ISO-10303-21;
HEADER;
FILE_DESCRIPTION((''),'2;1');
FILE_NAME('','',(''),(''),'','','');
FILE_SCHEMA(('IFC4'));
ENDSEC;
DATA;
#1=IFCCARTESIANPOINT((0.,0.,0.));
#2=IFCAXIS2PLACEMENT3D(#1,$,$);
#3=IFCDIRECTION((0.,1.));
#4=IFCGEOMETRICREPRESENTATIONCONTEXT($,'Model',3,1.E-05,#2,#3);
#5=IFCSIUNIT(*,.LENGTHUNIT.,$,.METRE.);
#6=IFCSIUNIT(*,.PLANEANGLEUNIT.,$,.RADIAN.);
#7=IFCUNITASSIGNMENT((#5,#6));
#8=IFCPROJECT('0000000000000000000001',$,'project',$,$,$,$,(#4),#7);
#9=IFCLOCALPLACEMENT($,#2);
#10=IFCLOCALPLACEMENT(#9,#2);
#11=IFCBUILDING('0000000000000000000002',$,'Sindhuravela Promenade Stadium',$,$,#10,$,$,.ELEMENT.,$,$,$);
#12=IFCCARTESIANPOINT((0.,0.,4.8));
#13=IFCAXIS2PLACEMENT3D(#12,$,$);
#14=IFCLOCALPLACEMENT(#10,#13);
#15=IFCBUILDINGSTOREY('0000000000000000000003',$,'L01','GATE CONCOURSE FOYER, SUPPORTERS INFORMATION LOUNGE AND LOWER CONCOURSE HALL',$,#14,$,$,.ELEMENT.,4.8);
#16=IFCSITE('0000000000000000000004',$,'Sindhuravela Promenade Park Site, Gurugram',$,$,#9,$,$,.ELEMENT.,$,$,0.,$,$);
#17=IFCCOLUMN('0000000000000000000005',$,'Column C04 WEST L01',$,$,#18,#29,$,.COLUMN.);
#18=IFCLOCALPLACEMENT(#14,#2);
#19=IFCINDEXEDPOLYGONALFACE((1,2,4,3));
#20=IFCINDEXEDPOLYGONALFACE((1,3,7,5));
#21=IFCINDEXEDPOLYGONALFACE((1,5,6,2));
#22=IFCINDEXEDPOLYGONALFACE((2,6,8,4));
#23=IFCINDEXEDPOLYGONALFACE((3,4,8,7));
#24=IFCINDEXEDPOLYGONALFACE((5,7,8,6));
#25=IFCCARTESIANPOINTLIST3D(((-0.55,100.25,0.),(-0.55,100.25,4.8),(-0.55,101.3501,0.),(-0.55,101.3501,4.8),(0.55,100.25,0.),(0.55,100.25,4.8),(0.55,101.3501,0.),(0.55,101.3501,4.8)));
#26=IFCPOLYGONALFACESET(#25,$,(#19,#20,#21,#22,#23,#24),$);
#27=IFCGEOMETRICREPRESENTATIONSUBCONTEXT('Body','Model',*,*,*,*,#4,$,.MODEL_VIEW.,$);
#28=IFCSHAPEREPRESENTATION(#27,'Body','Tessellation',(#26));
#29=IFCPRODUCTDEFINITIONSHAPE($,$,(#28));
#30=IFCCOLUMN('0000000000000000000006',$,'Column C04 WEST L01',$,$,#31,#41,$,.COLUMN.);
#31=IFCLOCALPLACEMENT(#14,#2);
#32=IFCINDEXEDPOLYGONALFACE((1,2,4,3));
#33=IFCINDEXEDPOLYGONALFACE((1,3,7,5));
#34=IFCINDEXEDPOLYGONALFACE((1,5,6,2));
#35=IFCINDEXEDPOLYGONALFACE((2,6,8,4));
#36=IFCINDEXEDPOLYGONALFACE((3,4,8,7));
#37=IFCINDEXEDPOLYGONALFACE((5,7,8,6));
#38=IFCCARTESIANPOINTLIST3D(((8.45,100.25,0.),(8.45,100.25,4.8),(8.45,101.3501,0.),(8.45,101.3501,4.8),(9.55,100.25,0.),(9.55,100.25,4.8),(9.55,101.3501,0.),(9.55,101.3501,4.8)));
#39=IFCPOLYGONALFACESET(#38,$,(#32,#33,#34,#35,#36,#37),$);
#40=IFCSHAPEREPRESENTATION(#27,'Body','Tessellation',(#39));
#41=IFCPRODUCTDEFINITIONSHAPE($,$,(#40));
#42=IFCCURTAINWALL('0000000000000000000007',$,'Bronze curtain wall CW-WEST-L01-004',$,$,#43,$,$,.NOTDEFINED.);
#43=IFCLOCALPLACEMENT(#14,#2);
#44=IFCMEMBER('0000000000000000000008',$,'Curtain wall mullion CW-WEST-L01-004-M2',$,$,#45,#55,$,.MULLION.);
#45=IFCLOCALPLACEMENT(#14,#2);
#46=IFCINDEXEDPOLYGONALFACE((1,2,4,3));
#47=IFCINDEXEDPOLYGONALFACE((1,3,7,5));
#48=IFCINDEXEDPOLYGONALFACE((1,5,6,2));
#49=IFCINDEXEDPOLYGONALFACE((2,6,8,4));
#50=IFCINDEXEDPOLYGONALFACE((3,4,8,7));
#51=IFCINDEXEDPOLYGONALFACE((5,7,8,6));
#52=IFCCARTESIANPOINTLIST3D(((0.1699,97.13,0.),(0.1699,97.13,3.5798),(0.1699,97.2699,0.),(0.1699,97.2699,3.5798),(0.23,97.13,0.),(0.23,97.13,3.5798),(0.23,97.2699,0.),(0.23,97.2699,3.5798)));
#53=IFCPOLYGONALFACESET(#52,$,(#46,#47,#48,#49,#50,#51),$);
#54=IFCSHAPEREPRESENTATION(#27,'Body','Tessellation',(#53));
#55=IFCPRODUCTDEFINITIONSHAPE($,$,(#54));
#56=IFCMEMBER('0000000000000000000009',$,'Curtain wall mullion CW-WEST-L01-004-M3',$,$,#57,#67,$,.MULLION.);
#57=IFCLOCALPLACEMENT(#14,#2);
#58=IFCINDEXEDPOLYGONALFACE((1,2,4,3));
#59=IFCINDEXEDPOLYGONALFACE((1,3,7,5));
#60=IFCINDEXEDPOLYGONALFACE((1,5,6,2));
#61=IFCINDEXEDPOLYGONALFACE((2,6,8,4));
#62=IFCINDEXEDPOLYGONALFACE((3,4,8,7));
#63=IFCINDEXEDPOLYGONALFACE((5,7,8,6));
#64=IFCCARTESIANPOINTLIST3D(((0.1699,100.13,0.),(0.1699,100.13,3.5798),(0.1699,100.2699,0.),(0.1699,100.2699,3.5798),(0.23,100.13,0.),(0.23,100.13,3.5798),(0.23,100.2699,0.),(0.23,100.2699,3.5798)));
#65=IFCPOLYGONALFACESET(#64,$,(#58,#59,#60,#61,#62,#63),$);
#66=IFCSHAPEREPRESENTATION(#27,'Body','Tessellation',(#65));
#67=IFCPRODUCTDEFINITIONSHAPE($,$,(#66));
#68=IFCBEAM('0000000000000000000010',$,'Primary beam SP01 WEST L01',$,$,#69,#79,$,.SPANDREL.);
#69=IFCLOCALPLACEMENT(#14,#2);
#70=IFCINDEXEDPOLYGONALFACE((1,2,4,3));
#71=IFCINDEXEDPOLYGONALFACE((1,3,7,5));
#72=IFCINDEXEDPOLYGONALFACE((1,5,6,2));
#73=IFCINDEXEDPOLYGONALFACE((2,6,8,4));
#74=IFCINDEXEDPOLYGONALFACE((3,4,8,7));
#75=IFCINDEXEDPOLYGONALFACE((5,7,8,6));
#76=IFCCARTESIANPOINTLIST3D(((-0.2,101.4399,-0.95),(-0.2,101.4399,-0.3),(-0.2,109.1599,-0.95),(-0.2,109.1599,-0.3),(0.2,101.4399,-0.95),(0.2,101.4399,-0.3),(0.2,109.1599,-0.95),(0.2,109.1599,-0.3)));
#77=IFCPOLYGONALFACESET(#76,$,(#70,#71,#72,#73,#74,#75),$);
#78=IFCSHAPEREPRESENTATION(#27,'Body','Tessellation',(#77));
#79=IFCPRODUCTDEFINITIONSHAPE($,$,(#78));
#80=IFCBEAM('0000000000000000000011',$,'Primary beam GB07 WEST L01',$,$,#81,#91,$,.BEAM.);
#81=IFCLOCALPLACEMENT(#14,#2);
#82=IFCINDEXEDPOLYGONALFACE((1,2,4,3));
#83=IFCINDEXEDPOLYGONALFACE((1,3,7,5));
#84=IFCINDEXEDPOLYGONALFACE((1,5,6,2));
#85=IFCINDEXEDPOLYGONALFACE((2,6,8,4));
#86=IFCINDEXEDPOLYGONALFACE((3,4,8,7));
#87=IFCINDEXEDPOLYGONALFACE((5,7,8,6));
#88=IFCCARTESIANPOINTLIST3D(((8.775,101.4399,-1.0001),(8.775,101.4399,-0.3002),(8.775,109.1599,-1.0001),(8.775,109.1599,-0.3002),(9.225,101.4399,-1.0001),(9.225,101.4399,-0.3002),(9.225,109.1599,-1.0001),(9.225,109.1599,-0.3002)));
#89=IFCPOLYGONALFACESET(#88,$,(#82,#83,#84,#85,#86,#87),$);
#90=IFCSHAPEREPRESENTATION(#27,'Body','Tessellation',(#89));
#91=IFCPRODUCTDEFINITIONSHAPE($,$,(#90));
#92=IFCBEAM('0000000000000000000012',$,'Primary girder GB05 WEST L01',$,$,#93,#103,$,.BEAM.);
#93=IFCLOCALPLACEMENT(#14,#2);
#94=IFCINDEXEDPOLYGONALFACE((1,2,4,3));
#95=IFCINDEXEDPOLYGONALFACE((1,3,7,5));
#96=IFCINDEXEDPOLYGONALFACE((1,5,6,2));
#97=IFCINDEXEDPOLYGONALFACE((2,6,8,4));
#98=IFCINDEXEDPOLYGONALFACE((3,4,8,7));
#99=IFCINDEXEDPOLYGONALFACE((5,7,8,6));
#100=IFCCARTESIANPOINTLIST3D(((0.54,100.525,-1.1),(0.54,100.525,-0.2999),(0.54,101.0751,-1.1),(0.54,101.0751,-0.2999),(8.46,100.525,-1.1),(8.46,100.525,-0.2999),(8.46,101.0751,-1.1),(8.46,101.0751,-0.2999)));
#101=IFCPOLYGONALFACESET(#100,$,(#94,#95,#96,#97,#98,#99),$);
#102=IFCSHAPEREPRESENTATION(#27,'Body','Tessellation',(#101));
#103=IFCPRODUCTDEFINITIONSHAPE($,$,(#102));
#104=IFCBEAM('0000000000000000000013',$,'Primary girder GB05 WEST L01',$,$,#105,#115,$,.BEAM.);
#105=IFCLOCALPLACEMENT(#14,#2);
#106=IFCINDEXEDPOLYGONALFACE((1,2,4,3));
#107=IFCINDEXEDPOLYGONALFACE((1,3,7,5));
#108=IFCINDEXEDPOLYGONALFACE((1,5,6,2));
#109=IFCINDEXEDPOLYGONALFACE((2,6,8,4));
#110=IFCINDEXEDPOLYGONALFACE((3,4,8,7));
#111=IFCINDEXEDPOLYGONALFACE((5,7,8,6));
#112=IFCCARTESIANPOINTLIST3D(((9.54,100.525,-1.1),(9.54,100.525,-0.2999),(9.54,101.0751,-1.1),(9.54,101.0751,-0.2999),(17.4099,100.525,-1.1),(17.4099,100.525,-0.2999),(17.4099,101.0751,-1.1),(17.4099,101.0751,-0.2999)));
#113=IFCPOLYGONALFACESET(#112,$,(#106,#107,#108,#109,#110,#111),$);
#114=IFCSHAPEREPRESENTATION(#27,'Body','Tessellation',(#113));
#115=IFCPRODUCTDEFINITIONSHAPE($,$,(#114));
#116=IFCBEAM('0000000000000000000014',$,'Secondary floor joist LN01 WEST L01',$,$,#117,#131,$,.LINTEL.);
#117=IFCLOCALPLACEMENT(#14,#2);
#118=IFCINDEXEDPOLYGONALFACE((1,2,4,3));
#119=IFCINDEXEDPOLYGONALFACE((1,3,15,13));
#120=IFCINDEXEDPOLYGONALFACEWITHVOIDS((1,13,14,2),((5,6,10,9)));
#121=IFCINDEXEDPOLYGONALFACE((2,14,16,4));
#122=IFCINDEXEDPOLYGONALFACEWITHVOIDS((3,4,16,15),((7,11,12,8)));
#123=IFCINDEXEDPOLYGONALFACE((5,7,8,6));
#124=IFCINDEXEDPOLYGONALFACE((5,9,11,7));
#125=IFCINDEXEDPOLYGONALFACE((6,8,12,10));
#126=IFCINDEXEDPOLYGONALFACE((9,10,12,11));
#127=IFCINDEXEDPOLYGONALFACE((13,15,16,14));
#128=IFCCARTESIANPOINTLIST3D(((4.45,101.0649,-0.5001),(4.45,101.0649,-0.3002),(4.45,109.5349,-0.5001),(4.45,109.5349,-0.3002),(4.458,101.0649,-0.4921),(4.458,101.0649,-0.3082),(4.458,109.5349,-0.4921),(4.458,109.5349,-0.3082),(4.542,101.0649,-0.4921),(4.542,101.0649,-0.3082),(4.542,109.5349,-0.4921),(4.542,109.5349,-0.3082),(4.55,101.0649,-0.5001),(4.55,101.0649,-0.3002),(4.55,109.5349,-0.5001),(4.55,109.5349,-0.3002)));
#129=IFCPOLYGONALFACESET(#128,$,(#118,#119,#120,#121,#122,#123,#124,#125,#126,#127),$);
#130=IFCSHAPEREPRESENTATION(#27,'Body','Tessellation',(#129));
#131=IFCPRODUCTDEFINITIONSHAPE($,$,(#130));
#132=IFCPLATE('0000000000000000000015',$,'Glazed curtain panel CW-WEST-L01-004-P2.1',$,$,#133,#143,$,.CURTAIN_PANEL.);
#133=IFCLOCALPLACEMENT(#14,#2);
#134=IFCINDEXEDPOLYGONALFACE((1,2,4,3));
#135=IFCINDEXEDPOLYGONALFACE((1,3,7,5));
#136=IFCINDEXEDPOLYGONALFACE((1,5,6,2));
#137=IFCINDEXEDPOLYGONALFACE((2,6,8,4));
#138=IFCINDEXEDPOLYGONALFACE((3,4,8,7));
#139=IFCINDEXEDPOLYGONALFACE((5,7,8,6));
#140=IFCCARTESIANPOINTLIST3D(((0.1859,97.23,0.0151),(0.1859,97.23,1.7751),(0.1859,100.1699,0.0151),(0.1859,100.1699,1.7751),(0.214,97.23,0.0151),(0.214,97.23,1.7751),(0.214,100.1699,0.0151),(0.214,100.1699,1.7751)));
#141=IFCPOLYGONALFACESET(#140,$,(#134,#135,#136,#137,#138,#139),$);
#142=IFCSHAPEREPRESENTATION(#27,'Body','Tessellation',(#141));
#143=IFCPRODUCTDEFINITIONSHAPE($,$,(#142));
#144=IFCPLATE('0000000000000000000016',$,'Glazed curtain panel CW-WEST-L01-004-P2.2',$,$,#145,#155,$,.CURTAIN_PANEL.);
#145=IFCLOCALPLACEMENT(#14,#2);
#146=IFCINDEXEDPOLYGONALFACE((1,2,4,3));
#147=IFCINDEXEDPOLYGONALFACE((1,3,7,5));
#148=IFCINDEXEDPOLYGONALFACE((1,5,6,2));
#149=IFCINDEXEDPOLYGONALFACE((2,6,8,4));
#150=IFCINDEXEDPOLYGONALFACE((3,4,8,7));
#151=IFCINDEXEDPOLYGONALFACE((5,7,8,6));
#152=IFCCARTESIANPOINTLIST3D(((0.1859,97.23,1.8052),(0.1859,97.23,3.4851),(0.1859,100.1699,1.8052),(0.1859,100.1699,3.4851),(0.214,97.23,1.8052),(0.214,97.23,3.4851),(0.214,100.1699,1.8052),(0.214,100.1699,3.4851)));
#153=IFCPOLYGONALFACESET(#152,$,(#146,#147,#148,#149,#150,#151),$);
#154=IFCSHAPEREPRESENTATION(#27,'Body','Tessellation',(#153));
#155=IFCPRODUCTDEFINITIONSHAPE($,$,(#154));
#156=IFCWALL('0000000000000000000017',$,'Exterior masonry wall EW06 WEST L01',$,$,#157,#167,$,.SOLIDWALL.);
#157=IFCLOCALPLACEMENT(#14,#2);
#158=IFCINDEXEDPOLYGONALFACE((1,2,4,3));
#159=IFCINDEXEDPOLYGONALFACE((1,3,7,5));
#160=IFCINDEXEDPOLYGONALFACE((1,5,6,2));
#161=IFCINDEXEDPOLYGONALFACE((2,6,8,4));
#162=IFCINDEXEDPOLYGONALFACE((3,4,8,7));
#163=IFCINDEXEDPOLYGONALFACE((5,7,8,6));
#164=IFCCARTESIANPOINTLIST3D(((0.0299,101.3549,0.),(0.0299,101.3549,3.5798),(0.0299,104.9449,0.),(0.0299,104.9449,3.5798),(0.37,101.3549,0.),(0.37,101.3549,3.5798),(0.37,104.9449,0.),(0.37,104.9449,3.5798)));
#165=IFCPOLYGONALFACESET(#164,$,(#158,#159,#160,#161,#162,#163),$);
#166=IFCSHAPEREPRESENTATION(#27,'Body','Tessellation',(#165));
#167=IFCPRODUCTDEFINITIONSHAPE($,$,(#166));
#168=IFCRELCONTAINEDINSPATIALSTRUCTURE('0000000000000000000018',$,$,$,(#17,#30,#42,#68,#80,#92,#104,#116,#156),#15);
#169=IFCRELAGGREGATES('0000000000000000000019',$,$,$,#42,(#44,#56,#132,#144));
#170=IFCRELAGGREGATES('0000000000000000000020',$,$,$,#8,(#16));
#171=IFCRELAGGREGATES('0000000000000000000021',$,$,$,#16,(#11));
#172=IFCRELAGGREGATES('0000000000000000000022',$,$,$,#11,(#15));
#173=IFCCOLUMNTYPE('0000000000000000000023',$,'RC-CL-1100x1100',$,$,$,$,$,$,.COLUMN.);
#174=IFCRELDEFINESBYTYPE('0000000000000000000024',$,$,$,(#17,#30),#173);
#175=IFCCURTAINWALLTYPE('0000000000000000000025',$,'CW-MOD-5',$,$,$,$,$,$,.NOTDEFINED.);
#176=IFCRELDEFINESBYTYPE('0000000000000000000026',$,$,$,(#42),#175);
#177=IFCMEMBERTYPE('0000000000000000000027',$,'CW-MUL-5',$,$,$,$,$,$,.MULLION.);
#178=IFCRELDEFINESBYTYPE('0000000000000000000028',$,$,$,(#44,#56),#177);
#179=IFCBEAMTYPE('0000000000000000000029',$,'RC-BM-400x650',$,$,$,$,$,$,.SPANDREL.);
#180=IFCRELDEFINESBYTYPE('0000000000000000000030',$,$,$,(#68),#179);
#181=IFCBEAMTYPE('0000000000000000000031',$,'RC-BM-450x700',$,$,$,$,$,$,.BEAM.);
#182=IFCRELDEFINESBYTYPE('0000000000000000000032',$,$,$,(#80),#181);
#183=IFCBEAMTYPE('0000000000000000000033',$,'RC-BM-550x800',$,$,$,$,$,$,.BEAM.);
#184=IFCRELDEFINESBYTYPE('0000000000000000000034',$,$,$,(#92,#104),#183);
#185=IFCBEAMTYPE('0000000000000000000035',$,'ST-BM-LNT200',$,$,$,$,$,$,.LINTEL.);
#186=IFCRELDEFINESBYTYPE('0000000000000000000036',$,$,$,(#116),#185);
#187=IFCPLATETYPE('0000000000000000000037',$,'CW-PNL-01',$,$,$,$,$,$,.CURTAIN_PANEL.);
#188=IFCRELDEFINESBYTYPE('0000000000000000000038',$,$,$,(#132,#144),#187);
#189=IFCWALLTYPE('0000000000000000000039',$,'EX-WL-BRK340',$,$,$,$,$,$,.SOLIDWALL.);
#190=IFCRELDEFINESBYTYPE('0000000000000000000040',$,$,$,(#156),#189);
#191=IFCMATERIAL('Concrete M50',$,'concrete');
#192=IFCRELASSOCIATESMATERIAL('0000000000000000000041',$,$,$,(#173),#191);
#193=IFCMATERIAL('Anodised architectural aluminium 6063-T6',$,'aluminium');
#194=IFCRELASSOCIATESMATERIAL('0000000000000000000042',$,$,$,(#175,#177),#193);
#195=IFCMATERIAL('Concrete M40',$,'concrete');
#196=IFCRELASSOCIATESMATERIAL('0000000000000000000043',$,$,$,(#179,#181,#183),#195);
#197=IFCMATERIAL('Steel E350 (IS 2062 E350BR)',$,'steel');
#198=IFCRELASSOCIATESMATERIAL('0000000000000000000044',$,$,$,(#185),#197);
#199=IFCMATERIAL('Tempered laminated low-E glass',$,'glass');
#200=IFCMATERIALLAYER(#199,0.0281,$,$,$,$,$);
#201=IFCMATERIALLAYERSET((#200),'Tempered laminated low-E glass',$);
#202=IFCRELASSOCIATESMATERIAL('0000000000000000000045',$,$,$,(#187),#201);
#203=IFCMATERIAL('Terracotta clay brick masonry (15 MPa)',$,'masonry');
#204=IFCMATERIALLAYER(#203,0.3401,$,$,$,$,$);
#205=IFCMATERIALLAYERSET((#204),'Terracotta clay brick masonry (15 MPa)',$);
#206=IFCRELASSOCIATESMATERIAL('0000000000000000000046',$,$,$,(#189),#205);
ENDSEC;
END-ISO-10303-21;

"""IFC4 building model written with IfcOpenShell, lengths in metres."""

from ifc_helpers import new_model, si_unit, direction, frame, frame_2d, origin, origin_2d, place, context, subcontext, project, spatial, rectangle, hollow_rectangle, extrude, material, layer, layer_set, material_profile, profile_set, type_object, element, aggregate, save


model = new_model("IFC4")

# Units and contexts
model_context = context("Model", 3, precision=1e-05, world=origin(), true_north=direction((0.0, 1.0)))
body_context = subcontext(model_context, "Body", "Model", "MODEL_VIEW")
ifc_project = project(units=[si_unit("LENGTHUNIT", "METRE"), si_unit("PLANEANGLEUNIT", "RADIAN")], contexts=[model_context])

# Site, building, storey
site_placement = place(None, origin())
site = spatial("IfcSite", under=ifc_project, at=site_placement, Name="Sindhuravela Promenade Park Site, Gurugram", CompositionType="ELEMENT", RefElevation=0.0)
building_placement = place(site_placement, origin())
building = spatial("IfcBuilding", under=site, at=building_placement, Name="Sindhuravela Promenade Stadium", CompositionType="ELEMENT")
storey_placement = place(building_placement, frame((0.0, 0.0, 4.8)))
storey = spatial("IfcBuildingStorey", under=building, at=storey_placement, Name="L01", Description="GATE CONCOURSE FOYER, SUPPORTERS INFORMATION LOUNGE AND LOWER CONCOURSE HALL", CompositionType="ELEMENT", Elevation=4.8)

# Columns
ifc_material_1 = material(Name="Concrete M50", Category="concrete")
ifc_material_profile_1 = material_profile(ifc_material_1, rectangle(XDim=1.1001, YDim=1.1001, at=origin_2d()), Name="RC 1100x1100")
ifc_profile_set_1 = profile_set([ifc_material_profile_1], Name="Concrete M50")
column_type = type_object("IfcColumnType", Name="RC-CL-1100x1100", PredefinedType="COLUMN", material=ifc_profile_set_1)
for number, where, z_axis, x_axis, name in (
    (1, (0.0, 100.8, 0.0), (0.0, 0.0, 1.0), (1.0, 0.0, 0.0), "Column C04 WEST L01"),
    (2, (9.0, 100.8, 0.0), (0.0, 0.0, 1.0), (1.0, 0.0, 0.0), "Column C04 WEST L01"),
):
    element("IfcColumn", number, at=place(storey_placement, frame(where, z_axis=z_axis, x_axis=x_axis)), inside=storey, type_object=column_type, Name=name, PredefinedType="COLUMN", context=body_context, shape_type="SweptSolid", body=[
        extrude(rectangle(XDim=1.1001, YDim=1.1001, at=origin_2d()), origin(), (0.0, 0.0, 1.0), 4.8),
    ])

# Curtain wall, members
ifc_material_2 = material(Name="Anodised architectural aluminium 6063-T6", Category="aluminium")
curtain_wall_type = type_object("IfcCurtainWallType", Name="CW-MOD-5", PredefinedType="NOTDEFINED", material=ifc_material_2)
curtain_wall_placement = place(storey_placement, origin())
curtain_wall = element("IfcCurtainWall", 3, at=curtain_wall_placement, inside=storey, type_object=curtain_wall_type, Name="Bronze curtain wall CW-WEST-L01-004", PredefinedType="NOTDEFINED")
ifc_material_profile_2 = material_profile(ifc_material_2, rectangle(XDim=0.0601, YDim=0.1399, at=origin_2d()), Name="ALU M60x140")
ifc_profile_set_2 = profile_set([ifc_material_profile_2], Name="Anodised architectural aluminium 6063-T6")
member_type = type_object("IfcMemberType", Name="CW-MUL-5", PredefinedType="MULLION", material=ifc_profile_set_2)
member_1_placement = place(storey_placement, frame((0.2, 97.2, 0.0), z_axis=(0.0, 0.0, 1.0), x_axis=(1.0, 0.0, 0.0)))
member_1 = element("IfcMember", 4, at=member_1_placement, type_object=member_type, Name="Curtain wall mullion CW-WEST-L01-004-M2", PredefinedType="MULLION", context=body_context, shape_type="SweptSolid", body=[
    extrude(rectangle(XDim=0.0601, YDim=0.1399, at=origin_2d()), origin(), (0.0, 0.0, 1.0), 3.5798),
])
member_2_placement = place(storey_placement, frame((0.2, 100.2, 0.0), z_axis=(0.0, 0.0, 1.0), x_axis=(1.0, 0.0, 0.0)))
member_2 = element("IfcMember", 5, at=member_2_placement, type_object=member_type, Name="Curtain wall mullion CW-WEST-L01-004-M3", PredefinedType="MULLION", context=body_context, shape_type="SweptSolid", body=[
    extrude(rectangle(XDim=0.0601, YDim=0.1399, at=origin_2d()), origin(), (0.0, 0.0, 1.0), 3.5798),
])

# Beams
ifc_material_3 = material(Name="Concrete M40", Category="concrete")
ifc_material_profile_3 = material_profile(ifc_material_3, rectangle(XDim=0.3999, YDim=0.6499, at=origin_2d()), Name="RC 400x650")
ifc_profile_set_3 = profile_set([ifc_material_profile_3], Name="Concrete M40")
beam_type_1 = type_object("IfcBeamType", Name="RC-BM-400x650", PredefinedType="SPANDREL", material=ifc_profile_set_3)
beam_1_placement = place(storey_placement, frame((0.0, 101.4399, -0.625), z_axis=(0.0, 1.0, 0.0), x_axis=(-1.0, 0.0, 0.0)))
element("IfcBeam", 6, at=beam_1_placement, inside=storey, type_object=beam_type_1, Name="Primary beam SP01 WEST L01", PredefinedType="SPANDREL", context=body_context, shape_type="SweptSolid", body=[
    extrude(rectangle(XDim=0.3999, YDim=0.6499, at=origin_2d()), origin(), (0.0, 0.0, 1.0), 7.72),
])
ifc_material_profile_4 = material_profile(ifc_material_3, rectangle(XDim=0.45, YDim=0.7, at=origin_2d()), Name="RC 450x700")
ifc_profile_set_4 = profile_set([ifc_material_profile_4], Name="Concrete M40")
beam_type_2 = type_object("IfcBeamType", Name="RC-BM-450x700", PredefinedType="BEAM", material=ifc_profile_set_4)
beam_2_placement = place(storey_placement, frame((9.0, 101.4399, -0.6501), z_axis=(0.0, 1.0, 0.0), x_axis=(-1.0, 0.0, 0.0)))
element("IfcBeam", 7, at=beam_2_placement, inside=storey, type_object=beam_type_2, Name="Primary beam GB07 WEST L01", PredefinedType="BEAM", context=body_context, shape_type="SweptSolid", body=[
    extrude(rectangle(XDim=0.45, YDim=0.7, at=origin_2d()), origin(), (0.0, 0.0, 1.0), 7.72),
])
ifc_material_profile_5 = material_profile(ifc_material_3, rectangle(XDim=0.55, YDim=0.8, at=origin_2d()), Name="RC 550x800")
ifc_profile_set_5 = profile_set([ifc_material_profile_5], Name="Concrete M40")
beam_type_3 = type_object("IfcBeamType", Name="RC-BM-550x800", PredefinedType="BEAM", material=ifc_profile_set_5)
beam_3_placement = place(storey_placement, frame((0.54, 100.8, -0.7), z_axis=(1.0, 0.0, 0.0), x_axis=(0.0, 1.0, 0.0)))
element("IfcBeam", 8, at=beam_3_placement, inside=storey, type_object=beam_type_3, Name="Primary girder GB05 WEST L01", PredefinedType="BEAM", context=body_context, shape_type="SweptSolid", body=[
    extrude(rectangle(XDim=0.55, YDim=0.8, at=origin_2d()), origin(), (0.0, 0.0, 1.0), 7.9199),
])
beam_4_placement = place(storey_placement, frame((9.54, 100.8, -0.7), z_axis=(1.0, 0.0, 0.0), x_axis=(0.0, 1.0, 0.0)))
element("IfcBeam", 9, at=beam_4_placement, inside=storey, type_object=beam_type_3, Name="Primary girder GB05 WEST L01", PredefinedType="BEAM", context=body_context, shape_type="SweptSolid", body=[
    extrude(rectangle(XDim=0.55, YDim=0.8, at=origin_2d()), origin(), (0.0, 0.0, 1.0), 7.8699),
])
ifc_material_4 = material(Name="Steel E350 (IS 2062 E350BR)", Category="steel")
ifc_material_profile_6 = material_profile(ifc_material_4, hollow_rectangle(XDim=0.1001, YDim=0.2, WallThickness=0.0081, at=origin_2d()), Name="RHS 200x100x8")
ifc_profile_set_6 = profile_set([ifc_material_profile_6], Name="Steel E350 (IS 2062 E350BR)")
beam_type_4 = type_object("IfcBeamType", Name="ST-BM-LNT200", PredefinedType="LINTEL", material=ifc_profile_set_6)
beam_5_placement = place(storey_placement, frame((4.5, 101.0649, -0.4001), z_axis=(0.0, 1.0, 0.0), x_axis=(-1.0, 0.0, 0.0)))
element("IfcBeam", 10, at=beam_5_placement, inside=storey, type_object=beam_type_4, Name="Secondary floor joist LN01 WEST L01", PredefinedType="LINTEL", context=body_context, shape_type="SweptSolid", body=[
    extrude(hollow_rectangle(XDim=0.1001, YDim=0.2, WallThickness=0.0081, at=origin_2d()), origin(), (0.0, 0.0, 1.0), 8.47),
])

# Plates
ifc_material_5 = material(Name="Tempered laminated low-E glass", Category="glass")
ifc_layer_1 = layer(ifc_material_5, 0.0281)
ifc_layer_set_1 = layer_set([ifc_layer_1], Name="Tempered laminated low-E glass")
plate_type = type_object("IfcPlateType", Name="CW-PNL-01", PredefinedType="CURTAIN_PANEL", material=ifc_layer_set_1)
plate_1_placement = place(storey_placement, frame((0.2, 98.7, 0.0151), z_axis=(0.0, 0.0, 1.0), x_axis=(0.0, 1.0, 0.0)))
plate_1 = element("IfcPlate", 11, at=plate_1_placement, type_object=plate_type, Name="Glazed curtain panel CW-WEST-L01-004-P2.1", PredefinedType="CURTAIN_PANEL", context=body_context, shape_type="SweptSolid", body=[
    extrude(rectangle(XDim=2.9399, YDim=0.0281, at=origin_2d()), origin(), (0.0, 0.0, 1.0), 1.76),
])
plate_2_placement = place(storey_placement, frame((0.2, 98.7, 1.8052), z_axis=(0.0, 0.0, 1.0), x_axis=(0.0, 1.0, 0.0)))
plate_2 = element("IfcPlate", 12, at=plate_2_placement, type_object=plate_type, Name="Glazed curtain panel CW-WEST-L01-004-P2.2", PredefinedType="CURTAIN_PANEL", context=body_context, shape_type="SweptSolid", body=[
    extrude(rectangle(XDim=2.9399, YDim=0.0281, at=origin_2d()), origin(), (0.0, 0.0, 1.0), 1.6799),
])
aggregate(curtain_wall, [member_1, member_2, plate_1, plate_2])

# Wall
ifc_material_6 = material(Name="Terracotta clay brick masonry (15 MPa)", Category="masonry")
ifc_layer_2 = layer(ifc_material_6, 0.3401)
ifc_layer_set_2 = layer_set([ifc_layer_2], Name="Terracotta clay brick masonry (15 MPa)")
wall_type_1 = type_object("IfcWallType", Name="EX-WL-BRK340", PredefinedType="SOLIDWALL", material=ifc_layer_set_2)
wall_1_placement = place(storey_placement, frame((0.2, 101.355, 0.0), z_axis=(0.0, 0.0, 1.0), x_axis=(0.0, 1.0, 0.0)))
element("IfcWall", 13, at=wall_1_placement, inside=storey, type_object=wall_type_1, Name="Exterior masonry wall EW06 WEST L01", PredefinedType="SOLIDWALL", context=body_context, shape_type="SweptSolid", body=[
    extrude(rectangle(XDim=3.5901, YDim=0.3401, at=frame_2d((1.7949, 0.0))), origin(), (0.0, 0.0, 1.0), 3.5798),
])

save(model, "model.ifc")
